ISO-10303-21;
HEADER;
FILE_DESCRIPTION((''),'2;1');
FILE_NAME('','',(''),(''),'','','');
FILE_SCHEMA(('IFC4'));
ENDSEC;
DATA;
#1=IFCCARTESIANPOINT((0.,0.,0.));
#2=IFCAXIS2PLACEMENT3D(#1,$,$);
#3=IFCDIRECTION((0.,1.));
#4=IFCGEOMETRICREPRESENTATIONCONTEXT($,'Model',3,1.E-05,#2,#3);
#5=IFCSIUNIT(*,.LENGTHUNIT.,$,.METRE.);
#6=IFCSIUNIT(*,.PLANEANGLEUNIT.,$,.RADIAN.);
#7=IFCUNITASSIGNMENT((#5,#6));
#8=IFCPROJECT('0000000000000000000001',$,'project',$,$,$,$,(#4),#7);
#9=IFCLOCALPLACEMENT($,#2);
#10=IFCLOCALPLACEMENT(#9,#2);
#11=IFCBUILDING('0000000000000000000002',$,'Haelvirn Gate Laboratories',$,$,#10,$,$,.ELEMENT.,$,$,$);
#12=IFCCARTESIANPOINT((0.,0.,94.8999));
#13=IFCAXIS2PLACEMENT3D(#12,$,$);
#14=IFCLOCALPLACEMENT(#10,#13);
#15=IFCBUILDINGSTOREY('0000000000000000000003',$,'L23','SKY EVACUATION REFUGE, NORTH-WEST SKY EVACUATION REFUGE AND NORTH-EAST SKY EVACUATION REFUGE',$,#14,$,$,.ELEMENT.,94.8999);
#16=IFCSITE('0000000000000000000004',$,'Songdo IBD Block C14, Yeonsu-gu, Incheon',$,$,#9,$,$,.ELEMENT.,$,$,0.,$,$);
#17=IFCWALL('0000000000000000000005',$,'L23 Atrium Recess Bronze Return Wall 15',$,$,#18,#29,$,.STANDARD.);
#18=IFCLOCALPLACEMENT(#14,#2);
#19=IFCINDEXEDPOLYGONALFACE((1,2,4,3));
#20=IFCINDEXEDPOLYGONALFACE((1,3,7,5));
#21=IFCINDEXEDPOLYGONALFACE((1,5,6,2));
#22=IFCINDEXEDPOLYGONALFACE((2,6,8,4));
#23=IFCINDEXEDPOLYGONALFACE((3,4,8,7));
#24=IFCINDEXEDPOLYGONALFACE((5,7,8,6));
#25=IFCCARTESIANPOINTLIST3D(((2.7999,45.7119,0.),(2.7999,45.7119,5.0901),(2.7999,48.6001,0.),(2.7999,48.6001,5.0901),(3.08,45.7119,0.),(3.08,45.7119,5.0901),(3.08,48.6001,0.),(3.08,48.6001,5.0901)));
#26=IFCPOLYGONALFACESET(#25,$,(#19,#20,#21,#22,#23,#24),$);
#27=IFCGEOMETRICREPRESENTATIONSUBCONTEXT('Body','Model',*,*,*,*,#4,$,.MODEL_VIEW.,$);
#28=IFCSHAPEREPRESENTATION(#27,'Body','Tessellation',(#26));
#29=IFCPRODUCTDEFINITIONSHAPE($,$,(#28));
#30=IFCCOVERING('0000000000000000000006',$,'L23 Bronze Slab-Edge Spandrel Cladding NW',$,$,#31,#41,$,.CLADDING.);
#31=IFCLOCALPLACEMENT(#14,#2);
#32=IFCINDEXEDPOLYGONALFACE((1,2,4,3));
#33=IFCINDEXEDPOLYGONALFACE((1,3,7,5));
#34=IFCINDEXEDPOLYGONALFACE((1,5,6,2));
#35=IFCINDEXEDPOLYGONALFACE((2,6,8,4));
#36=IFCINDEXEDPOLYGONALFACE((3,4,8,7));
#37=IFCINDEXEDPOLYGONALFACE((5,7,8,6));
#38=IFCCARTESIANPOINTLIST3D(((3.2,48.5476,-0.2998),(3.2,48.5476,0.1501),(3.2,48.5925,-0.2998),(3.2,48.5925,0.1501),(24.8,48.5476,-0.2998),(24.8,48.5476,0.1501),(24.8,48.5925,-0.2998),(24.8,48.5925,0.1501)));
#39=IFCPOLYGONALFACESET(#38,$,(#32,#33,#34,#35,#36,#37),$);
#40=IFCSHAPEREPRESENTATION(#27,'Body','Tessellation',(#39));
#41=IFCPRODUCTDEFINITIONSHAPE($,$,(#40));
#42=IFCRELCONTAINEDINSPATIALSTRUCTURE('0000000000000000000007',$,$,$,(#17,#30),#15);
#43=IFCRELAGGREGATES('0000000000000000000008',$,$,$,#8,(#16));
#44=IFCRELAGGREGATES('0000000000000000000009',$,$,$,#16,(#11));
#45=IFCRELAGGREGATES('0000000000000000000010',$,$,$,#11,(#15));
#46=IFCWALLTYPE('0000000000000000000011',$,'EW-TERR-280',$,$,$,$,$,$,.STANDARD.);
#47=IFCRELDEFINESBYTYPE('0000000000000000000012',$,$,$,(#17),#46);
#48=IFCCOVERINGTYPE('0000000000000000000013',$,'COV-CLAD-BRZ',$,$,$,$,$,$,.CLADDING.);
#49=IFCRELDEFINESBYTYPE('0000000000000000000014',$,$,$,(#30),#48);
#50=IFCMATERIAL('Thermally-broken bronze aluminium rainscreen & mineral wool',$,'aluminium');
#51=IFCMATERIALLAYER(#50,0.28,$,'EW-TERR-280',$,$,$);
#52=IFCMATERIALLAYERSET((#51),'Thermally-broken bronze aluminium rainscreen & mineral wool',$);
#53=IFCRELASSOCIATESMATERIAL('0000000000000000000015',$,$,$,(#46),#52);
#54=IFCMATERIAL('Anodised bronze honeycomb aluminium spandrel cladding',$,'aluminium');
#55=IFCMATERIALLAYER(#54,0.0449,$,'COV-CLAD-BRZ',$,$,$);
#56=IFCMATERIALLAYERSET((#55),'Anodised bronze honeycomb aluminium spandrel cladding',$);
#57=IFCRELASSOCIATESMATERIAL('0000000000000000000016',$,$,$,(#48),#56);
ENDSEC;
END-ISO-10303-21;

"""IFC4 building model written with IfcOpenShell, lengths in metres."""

from ifc_helpers import new_model, si_unit, direction, frame, frame_2d, origin, place, context, subcontext, project, spatial, rectangle, extrude, material, layer, layer_set, type_object, element, save


model = new_model("IFC4")

# Units and contexts
model_context = context("Model", 3, precision=1e-05, world=origin(), true_north=direction((0.0, 1.0)))
body_context = subcontext(model_context, "Body", "Model", "MODEL_VIEW")
ifc_project = project(units=[si_unit("LENGTHUNIT", "METRE"), si_unit("PLANEANGLEUNIT", "RADIAN")], contexts=[model_context])

# Site, building, storey
site_placement = place(None, origin())
site = spatial("IfcSite", under=ifc_project, at=site_placement, Name="Songdo IBD Block C14, Yeonsu-gu, Incheon", CompositionType="ELEMENT", RefElevation=0.0)
building_placement = place(site_placement, origin())
building = spatial("IfcBuilding", under=site, at=building_placement, Name="Haelvirn Gate Laboratories", CompositionType="ELEMENT")
storey_placement = place(building_placement, frame((0.0, 0.0, 94.8999)))
storey = spatial("IfcBuildingStorey", under=building, at=storey_placement, Name="L23", Description="SKY EVACUATION REFUGE, NORTH-WEST SKY EVACUATION REFUGE AND NORTH-EAST SKY EVACUATION REFUGE", CompositionType="ELEMENT", Elevation=94.8999)

# Wall
ifc_material_1 = material(Name="Thermally-broken bronze aluminium rainscreen & mineral wool", Category="aluminium")
ifc_layer_1 = layer(ifc_material_1, 0.28, Name="EW-TERR-280")
ifc_layer_set_1 = layer_set([ifc_layer_1], Name="Thermally-broken bronze aluminium rainscreen & mineral wool")
wall_type = type_object("IfcWallType", Name="EW-TERR-280", PredefinedType="STANDARD", material=ifc_layer_set_1)
wall_placement = place(storey_placement, frame((2.9399, 48.6001, 0.0), z_axis=(0.0, 0.0, 1.0), x_axis=(0.0, -1.0, 0.0)))
element("IfcWall", 1, at=wall_placement, inside=storey, type_object=wall_type, Name="L23 Atrium Recess Bronze Return Wall 15", PredefinedType="STANDARD", context=body_context, shape_type="SweptSolid", body=[
    extrude(rectangle(XDim=2.8882, YDim=0.28, at=frame_2d((1.4441, 0.0))), origin(), (0.0, 0.0, 1.0), 5.0901),
])

# Covering
ifc_material_2 = material(Name="Anodised bronze honeycomb aluminium spandrel cladding", Category="aluminium")
ifc_layer_2 = layer(ifc_material_2, 0.0449, Name="COV-CLAD-BRZ")
ifc_layer_set_2 = layer_set([ifc_layer_2], Name="Anodised bronze honeycomb aluminium spandrel cladding")
covering_type = type_object("IfcCoveringType", Name="COV-CLAD-BRZ", PredefinedType="CLADDING", material=ifc_layer_set_2)
covering_placement = place(storey_placement, frame((3.2, 48.5701, -0.2998), z_axis=(0.0, 0.0, 1.0), x_axis=(1.0, 0.0, 0.0)))
element("IfcCovering", 2, at=covering_placement, inside=storey, type_object=covering_type, Name="L23 Bronze Slab-Edge Spandrel Cladding NW", PredefinedType="CLADDING", context=body_context, shape_type="SweptSolid", body=[
    extrude(rectangle(XDim=21.6001, YDim=0.0449, at=frame_2d((10.8, 0.0))), origin(), (0.0, 0.0, 1.0), 0.45),
])

save(model, "model.ifc")
